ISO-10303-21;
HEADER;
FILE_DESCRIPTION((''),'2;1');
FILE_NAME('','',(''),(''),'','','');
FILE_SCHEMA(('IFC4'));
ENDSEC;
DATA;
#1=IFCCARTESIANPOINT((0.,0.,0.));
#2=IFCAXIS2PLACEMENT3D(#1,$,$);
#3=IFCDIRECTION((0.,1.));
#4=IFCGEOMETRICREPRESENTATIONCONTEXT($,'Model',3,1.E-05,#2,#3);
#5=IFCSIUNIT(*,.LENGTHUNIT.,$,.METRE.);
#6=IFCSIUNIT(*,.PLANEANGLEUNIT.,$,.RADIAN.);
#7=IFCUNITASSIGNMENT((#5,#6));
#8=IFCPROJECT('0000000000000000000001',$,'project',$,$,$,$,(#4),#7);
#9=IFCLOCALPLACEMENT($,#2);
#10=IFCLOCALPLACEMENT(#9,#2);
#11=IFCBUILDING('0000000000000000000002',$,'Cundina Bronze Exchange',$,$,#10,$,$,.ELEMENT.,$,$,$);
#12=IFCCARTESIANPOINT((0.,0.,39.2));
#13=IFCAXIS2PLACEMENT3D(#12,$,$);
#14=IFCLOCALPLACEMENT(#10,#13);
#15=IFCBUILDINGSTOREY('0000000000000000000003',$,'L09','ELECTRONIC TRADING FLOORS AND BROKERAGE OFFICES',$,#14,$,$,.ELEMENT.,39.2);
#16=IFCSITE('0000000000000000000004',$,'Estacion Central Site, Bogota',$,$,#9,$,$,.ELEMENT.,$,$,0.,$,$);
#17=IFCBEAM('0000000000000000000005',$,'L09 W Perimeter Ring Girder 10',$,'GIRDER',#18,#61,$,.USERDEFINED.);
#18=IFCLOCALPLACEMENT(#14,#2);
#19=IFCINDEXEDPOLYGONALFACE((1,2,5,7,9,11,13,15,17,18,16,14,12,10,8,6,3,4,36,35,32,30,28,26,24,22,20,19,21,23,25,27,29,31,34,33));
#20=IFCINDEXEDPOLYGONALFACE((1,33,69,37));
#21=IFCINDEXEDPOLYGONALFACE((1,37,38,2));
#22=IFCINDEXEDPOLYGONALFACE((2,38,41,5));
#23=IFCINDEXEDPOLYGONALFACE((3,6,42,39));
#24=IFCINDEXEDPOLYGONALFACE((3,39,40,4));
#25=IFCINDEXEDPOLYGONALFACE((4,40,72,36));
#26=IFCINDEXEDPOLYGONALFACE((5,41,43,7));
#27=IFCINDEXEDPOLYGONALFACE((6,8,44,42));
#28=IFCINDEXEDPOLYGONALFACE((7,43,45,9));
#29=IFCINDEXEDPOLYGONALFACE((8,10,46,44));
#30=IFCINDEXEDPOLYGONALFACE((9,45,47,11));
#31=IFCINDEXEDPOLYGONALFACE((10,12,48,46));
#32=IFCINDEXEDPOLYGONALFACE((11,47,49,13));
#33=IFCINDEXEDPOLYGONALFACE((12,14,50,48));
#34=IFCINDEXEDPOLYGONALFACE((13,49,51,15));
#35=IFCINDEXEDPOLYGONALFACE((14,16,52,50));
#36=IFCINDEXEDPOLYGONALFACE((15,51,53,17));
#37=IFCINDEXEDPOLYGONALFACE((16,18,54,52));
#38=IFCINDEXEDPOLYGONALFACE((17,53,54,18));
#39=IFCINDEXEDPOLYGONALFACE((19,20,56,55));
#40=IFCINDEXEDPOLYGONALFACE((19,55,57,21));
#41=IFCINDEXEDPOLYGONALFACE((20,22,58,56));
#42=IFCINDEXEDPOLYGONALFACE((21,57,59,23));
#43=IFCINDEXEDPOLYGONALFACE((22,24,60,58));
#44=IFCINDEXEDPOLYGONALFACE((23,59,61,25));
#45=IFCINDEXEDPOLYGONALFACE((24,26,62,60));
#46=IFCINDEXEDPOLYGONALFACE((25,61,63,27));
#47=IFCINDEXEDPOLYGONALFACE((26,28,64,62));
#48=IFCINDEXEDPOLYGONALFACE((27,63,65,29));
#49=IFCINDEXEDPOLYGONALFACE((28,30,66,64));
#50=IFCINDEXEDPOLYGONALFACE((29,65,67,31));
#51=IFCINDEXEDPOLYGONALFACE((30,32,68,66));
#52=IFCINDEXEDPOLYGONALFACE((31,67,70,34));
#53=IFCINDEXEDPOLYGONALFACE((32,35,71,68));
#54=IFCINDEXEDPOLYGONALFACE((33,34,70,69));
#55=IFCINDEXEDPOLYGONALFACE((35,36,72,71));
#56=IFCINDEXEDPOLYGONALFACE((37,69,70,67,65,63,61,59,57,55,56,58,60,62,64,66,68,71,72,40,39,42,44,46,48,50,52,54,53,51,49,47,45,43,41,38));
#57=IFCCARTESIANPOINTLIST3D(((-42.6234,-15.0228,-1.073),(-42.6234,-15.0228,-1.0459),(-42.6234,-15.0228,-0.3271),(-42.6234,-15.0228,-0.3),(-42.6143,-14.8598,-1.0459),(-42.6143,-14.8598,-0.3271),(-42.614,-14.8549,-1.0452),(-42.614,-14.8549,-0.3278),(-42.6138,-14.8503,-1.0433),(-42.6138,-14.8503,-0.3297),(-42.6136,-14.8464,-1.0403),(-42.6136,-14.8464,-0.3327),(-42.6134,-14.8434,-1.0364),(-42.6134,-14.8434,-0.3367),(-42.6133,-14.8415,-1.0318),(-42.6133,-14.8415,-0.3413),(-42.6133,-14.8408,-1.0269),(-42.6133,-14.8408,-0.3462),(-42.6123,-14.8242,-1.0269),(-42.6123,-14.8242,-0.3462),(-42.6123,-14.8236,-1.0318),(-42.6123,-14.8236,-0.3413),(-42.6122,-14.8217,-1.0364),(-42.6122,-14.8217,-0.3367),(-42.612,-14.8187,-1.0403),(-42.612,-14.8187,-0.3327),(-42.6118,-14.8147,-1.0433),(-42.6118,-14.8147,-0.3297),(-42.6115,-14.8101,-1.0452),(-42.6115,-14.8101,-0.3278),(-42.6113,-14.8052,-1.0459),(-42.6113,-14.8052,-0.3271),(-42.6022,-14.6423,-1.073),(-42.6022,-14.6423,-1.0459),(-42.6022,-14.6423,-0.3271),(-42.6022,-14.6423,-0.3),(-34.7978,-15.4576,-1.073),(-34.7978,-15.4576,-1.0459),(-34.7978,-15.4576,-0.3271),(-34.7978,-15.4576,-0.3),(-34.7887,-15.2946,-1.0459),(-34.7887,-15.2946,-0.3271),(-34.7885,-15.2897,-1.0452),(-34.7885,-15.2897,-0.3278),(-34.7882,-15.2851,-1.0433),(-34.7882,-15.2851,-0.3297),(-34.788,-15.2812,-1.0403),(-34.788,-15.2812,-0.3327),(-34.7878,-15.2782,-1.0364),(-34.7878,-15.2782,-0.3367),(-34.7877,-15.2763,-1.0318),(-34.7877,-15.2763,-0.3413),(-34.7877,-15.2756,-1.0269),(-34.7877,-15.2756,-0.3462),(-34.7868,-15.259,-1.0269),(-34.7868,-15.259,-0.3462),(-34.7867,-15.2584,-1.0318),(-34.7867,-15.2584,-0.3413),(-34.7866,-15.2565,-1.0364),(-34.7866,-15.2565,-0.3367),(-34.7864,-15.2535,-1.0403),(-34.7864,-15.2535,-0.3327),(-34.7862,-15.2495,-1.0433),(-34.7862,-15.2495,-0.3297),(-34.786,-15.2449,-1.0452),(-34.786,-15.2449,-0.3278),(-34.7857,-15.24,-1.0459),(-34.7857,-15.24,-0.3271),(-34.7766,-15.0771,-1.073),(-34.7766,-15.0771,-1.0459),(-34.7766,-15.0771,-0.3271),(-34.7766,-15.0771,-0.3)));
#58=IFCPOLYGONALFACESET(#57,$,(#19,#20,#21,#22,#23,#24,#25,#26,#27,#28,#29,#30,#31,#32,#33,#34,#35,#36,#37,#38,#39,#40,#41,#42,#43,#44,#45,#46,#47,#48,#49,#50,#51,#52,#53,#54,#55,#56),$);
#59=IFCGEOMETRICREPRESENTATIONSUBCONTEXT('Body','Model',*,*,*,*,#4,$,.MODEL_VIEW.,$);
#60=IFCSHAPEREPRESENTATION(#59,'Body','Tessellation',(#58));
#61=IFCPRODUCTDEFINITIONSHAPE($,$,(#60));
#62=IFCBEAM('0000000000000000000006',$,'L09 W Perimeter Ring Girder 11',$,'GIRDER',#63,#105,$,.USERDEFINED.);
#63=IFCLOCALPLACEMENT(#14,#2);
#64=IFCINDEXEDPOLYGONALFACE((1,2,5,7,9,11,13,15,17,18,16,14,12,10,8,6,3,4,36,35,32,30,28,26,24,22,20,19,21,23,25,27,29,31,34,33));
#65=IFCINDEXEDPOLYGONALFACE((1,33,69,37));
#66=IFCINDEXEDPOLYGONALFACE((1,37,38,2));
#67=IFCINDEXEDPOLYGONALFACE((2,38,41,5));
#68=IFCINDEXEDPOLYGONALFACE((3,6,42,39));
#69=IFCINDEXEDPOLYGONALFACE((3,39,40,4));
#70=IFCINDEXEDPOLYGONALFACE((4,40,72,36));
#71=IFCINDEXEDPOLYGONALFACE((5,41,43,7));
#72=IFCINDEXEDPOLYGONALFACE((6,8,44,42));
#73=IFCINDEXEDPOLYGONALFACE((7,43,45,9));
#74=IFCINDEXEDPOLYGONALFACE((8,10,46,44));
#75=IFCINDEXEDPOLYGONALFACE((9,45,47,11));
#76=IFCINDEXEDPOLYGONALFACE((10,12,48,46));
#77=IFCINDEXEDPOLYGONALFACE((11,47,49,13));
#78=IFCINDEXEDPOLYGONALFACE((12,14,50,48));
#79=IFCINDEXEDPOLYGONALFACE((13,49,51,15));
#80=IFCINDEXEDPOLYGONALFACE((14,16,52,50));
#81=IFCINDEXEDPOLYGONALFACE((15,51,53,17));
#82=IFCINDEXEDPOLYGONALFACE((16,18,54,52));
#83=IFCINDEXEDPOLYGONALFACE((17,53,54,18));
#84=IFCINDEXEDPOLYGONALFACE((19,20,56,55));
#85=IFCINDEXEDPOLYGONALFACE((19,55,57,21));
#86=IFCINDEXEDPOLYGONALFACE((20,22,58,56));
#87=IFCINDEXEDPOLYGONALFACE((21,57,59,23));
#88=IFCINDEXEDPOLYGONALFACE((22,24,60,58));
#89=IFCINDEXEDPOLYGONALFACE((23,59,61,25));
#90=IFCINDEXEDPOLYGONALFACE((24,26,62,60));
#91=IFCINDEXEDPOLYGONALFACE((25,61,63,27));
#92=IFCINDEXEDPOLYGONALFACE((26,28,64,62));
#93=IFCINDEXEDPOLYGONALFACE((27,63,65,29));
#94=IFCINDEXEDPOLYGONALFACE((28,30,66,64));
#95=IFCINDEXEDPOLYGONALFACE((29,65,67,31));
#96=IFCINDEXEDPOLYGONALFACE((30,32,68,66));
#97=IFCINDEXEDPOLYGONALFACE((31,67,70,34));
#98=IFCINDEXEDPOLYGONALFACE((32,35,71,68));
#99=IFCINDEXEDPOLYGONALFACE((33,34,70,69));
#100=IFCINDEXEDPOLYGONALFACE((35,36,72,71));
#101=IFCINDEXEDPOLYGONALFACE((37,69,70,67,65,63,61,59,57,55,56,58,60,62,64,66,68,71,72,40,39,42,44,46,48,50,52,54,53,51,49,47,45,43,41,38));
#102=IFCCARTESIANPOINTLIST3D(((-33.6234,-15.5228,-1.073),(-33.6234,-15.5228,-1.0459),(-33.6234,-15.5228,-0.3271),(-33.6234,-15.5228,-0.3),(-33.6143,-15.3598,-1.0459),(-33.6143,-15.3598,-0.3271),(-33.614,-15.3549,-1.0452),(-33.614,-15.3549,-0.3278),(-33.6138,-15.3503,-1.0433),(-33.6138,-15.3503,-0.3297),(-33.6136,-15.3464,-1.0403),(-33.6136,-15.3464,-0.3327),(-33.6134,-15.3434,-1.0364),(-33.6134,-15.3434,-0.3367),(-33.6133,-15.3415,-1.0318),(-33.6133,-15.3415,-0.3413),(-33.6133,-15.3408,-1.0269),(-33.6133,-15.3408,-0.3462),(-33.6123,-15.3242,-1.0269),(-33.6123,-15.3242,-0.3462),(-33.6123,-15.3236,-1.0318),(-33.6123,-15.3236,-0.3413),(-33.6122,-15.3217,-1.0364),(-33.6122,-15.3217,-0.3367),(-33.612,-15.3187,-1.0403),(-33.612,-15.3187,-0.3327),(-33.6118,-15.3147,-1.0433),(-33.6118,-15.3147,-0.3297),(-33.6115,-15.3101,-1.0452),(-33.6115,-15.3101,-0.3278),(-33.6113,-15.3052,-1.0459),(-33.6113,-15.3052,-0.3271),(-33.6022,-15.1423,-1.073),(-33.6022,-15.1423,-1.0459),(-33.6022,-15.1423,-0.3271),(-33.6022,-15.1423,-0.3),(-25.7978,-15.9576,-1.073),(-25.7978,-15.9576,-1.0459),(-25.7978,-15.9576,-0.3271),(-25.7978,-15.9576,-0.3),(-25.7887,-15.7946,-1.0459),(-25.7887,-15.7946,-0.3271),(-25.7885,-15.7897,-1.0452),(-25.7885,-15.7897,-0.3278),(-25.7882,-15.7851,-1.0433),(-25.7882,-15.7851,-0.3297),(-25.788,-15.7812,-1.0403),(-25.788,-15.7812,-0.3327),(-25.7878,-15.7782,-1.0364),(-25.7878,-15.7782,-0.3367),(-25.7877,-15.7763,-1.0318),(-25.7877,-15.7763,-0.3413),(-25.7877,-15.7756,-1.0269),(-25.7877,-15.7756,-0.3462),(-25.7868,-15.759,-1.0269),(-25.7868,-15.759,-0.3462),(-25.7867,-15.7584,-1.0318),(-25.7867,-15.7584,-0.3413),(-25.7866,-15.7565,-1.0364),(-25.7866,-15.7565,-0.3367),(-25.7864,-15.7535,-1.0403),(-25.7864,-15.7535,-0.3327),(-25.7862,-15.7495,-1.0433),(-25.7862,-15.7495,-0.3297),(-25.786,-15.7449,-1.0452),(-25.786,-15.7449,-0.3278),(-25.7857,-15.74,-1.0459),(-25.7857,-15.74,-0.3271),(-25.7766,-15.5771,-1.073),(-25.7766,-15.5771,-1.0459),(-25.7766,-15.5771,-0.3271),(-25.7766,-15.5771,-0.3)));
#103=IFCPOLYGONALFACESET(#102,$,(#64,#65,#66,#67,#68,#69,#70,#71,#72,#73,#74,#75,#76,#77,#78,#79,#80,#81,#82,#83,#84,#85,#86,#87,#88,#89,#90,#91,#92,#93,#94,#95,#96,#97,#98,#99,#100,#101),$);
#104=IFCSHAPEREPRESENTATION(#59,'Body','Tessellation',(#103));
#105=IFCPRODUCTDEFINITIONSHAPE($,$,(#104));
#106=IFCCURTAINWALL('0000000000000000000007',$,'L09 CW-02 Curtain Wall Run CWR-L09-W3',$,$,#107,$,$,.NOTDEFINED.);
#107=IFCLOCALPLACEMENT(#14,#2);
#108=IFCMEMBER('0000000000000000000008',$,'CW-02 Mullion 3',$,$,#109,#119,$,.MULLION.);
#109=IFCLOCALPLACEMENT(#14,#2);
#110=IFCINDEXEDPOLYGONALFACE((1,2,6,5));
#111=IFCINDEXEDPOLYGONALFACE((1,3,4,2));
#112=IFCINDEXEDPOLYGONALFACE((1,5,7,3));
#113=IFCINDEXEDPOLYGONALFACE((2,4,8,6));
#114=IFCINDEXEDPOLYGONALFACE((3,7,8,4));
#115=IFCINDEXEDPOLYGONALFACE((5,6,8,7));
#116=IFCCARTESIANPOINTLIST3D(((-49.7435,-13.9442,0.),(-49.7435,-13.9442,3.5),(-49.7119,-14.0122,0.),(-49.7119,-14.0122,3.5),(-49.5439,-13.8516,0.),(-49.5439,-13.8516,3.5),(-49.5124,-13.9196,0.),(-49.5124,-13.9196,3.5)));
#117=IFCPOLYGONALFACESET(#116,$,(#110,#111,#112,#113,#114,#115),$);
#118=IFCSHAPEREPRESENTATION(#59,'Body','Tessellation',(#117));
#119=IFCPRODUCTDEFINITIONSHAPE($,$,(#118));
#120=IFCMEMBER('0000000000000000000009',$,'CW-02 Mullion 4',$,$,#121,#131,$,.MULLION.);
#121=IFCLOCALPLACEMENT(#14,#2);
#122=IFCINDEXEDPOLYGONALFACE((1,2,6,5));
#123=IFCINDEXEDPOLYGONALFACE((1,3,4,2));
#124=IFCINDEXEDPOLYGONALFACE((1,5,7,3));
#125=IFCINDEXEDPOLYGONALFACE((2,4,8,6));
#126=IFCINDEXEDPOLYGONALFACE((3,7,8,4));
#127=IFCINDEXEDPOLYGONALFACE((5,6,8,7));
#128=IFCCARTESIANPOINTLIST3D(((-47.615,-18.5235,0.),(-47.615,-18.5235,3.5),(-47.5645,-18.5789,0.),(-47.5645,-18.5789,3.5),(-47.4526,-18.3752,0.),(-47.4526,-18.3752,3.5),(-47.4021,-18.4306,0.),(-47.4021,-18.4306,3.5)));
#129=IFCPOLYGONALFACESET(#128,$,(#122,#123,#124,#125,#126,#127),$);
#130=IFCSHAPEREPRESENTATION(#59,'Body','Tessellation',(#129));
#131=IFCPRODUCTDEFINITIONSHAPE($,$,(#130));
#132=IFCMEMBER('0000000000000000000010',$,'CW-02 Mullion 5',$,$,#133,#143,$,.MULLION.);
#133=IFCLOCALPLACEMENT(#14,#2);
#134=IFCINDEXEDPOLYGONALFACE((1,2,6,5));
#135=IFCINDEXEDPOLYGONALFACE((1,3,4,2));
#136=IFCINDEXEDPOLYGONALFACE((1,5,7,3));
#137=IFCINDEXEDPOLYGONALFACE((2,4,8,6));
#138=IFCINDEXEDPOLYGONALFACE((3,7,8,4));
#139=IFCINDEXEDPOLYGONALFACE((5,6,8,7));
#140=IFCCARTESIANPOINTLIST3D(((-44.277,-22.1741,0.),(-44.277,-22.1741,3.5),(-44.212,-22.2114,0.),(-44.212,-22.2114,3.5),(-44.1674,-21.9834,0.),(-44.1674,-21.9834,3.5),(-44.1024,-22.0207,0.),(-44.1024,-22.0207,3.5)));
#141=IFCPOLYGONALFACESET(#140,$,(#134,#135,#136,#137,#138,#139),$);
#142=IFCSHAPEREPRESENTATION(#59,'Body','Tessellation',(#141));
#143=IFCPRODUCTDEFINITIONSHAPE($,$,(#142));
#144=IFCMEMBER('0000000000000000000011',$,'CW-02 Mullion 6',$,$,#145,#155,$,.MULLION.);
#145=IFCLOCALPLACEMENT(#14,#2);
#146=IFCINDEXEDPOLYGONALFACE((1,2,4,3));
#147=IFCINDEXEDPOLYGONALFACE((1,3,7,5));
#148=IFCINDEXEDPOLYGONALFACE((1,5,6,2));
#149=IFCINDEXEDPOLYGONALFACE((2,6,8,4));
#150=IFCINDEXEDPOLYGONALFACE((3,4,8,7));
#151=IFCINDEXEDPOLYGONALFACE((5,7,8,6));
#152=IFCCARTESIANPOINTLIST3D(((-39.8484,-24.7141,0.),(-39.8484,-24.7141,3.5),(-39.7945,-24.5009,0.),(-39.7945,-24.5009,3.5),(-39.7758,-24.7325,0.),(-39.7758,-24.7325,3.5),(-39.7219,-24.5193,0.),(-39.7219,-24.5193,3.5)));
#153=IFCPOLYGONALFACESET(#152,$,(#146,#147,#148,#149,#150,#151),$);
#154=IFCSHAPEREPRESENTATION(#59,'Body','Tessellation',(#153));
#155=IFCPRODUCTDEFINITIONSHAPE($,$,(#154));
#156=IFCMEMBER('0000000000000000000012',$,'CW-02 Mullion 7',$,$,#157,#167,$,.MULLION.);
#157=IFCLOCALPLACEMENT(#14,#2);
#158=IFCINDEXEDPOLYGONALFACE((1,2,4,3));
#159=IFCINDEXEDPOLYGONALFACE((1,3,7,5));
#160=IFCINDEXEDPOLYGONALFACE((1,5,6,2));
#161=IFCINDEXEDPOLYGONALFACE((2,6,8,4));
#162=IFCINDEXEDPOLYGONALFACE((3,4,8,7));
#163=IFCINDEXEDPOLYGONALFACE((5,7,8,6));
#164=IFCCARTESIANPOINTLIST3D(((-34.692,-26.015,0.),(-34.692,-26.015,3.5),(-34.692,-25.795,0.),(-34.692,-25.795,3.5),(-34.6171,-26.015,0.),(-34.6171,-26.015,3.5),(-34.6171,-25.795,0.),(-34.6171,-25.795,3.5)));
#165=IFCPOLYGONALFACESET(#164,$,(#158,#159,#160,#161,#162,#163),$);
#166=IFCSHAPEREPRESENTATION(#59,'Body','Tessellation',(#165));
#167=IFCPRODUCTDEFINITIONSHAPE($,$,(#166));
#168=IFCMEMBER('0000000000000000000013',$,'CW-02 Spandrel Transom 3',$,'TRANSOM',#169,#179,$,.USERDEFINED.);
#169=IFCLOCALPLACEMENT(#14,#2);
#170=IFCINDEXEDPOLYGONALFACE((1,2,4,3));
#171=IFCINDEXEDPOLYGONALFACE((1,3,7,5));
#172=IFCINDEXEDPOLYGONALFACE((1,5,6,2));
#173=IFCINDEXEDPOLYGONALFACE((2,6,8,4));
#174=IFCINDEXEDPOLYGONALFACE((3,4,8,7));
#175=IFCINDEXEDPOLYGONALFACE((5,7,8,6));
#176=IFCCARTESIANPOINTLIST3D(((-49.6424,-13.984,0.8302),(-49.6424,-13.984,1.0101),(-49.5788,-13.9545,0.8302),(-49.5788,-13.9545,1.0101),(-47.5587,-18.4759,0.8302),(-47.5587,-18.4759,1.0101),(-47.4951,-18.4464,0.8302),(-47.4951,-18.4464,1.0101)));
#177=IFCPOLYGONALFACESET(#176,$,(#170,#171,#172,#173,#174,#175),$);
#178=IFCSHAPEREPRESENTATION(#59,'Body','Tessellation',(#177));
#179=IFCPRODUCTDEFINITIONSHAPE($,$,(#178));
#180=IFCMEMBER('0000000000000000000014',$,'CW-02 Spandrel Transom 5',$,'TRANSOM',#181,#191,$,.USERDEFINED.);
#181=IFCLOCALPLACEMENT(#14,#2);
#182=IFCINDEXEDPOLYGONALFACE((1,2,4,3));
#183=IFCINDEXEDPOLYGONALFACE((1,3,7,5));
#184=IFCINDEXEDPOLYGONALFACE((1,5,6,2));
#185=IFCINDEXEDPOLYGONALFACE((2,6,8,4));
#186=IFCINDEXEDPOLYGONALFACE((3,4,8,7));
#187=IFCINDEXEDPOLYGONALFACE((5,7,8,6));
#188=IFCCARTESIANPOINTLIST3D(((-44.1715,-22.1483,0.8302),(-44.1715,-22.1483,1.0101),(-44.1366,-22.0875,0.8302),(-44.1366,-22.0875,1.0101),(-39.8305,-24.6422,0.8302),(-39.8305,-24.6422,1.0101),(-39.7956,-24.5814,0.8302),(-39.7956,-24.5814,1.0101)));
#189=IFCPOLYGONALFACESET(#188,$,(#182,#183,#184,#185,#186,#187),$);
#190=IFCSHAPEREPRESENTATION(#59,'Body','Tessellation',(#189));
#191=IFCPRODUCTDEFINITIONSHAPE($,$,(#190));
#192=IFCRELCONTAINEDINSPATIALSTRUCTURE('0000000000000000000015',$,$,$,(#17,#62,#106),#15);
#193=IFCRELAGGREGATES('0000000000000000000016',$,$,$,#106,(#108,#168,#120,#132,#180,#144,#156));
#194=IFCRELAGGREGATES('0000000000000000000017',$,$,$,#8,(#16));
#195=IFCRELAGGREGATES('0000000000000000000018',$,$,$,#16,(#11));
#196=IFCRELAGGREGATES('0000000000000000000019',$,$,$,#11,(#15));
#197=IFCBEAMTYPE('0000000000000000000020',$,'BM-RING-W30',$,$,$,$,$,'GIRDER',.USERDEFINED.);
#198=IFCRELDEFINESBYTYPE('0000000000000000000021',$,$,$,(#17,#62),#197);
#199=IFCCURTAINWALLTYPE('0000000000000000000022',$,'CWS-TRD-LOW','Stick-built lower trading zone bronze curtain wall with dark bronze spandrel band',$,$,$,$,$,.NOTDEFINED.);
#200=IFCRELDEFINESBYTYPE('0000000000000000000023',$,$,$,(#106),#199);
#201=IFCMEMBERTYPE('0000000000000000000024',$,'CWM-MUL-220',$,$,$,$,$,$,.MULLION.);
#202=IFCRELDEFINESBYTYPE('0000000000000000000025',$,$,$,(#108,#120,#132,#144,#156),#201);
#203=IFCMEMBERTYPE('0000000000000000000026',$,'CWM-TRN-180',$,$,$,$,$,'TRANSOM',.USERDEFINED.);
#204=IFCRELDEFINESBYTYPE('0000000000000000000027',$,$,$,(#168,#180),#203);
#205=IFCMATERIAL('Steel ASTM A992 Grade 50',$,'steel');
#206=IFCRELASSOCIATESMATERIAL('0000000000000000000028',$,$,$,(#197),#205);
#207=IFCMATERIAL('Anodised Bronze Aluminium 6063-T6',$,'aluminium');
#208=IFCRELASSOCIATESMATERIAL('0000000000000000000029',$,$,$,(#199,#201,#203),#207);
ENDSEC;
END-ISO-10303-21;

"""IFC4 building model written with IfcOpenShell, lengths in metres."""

from ifc_helpers import new_model, si_unit, direction, frame, origin, origin_2d, place, context, subcontext, project, spatial, rectangle, i_section, extrude, material, material_profile, profile_set, type_object, element, aggregate, save


model = new_model("IFC4")

# Units and contexts
model_context = context("Model", 3, precision=1e-05, world=origin(), true_north=direction((0.0, 1.0)))
body_context = subcontext(model_context, "Body", "Model", "MODEL_VIEW")
ifc_project = project(units=[si_unit("LENGTHUNIT", "METRE"), si_unit("PLANEANGLEUNIT", "RADIAN")], contexts=[model_context])

# Site, building, storey
site_placement = place(None, origin())
site = spatial("IfcSite", under=ifc_project, at=site_placement, Name="Estacion Central Site, Bogota", CompositionType="ELEMENT", RefElevation=0.0)
building_placement = place(site_placement, origin())
building = spatial("IfcBuilding", under=site, at=building_placement, Name="Cundina Bronze Exchange", CompositionType="ELEMENT")
storey_placement = place(building_placement, frame((0.0, 0.0, 39.2)))
storey = spatial("IfcBuildingStorey", under=building, at=storey_placement, Name="L09", Description="ELECTRONIC TRADING FLOORS AND BROKERAGE OFFICES", CompositionType="ELEMENT", Elevation=39.2)

# Beams
ifc_material_1 = material(Name="Steel ASTM A992 Grade 50", Category="steel")
ifc_material_profile_1 = material_profile(ifc_material_1, i_section(OverallWidth=0.3811, OverallDepth=0.7729, WebThickness=0.0166, FlangeThickness=0.0271, FilletRadius=0.019, at=origin_2d()), Name="W30X173", Category="steel")
ifc_profile_set_1 = profile_set([ifc_material_profile_1], Name="Steel ASTM A992 Grade 50")
beam_type_1 = type_object("IfcBeamType", Name="BM-RING-W30", ElementType="GIRDER", PredefinedType="USERDEFINED", material=ifc_profile_set_1)
for number, where, z_axis, x_axis, name in (
    (1, (-42.6128, -14.8325, -0.6865), (0.99846, -0.055477, 0.0), (0.055477, 0.99846, 0.0), "L09 W Perimeter Ring Girder 10"),
    (2, (-33.6128, -15.3325, -0.6865), (0.99846, -0.055477, 0.0), (0.055477, 0.99846, 0.0), "L09 W Perimeter Ring Girder 11"),
):
    element("IfcBeam", number, at=place(storey_placement, frame(where, z_axis=z_axis, x_axis=x_axis)), inside=storey, type_object=beam_type_1, Name=name, ObjectType="GIRDER", PredefinedType="USERDEFINED", context=body_context, shape_type="SweptSolid", body=[
        extrude(i_section(OverallWidth=0.3811, OverallDepth=0.7729, WebThickness=0.0166, FlangeThickness=0.0271, FilletRadius=0.019, at=origin_2d()), origin(), (0.0, 0.0, 1.0), 7.8376),
    ])

# Curtain wall, members
ifc_material_2 = material(Name="Anodised Bronze Aluminium 6063-T6", Category="aluminium")
curtain_wall_type = type_object("IfcCurtainWallType", Name="CWS-TRD-LOW", Description="Stick-built lower trading zone bronze curtain wall with dark bronze spandrel band", PredefinedType="NOTDEFINED", material=ifc_material_2)
curtain_wall_placement = place(storey_placement, origin())
curtain_wall = element("IfcCurtainWall", 3, at=curtain_wall_placement, inside=storey, type_object=curtain_wall_type, Name="L09 CW-02 Curtain Wall Run CWR-L09-W3", PredefinedType="NOTDEFINED")
ifc_material_profile_2 = material_profile(ifc_material_2, rectangle(XDim=0.075, YDim=0.22, at=origin_2d()), Name="AL75X220", Category="aluminium")
ifc_profile_set_2 = profile_set([ifc_material_profile_2], Name="Anodised Bronze Aluminium 6063-T6")
member_type_1 = type_object("IfcMemberType", Name="CWM-MUL-220", PredefinedType="MULLION", material=ifc_profile_set_2)
member_1_placement = place(storey_placement, frame((-49.6279, -13.9319, 0.0), z_axis=(0.0, 0.0, 1.0), x_axis=(0.420877, -0.907117, 0.0)))
member_1 = element("IfcMember", 4, at=member_1_placement, type_object=member_type_1, Name="CW-02 Mullion 3", PredefinedType="MULLION", context=body_context, shape_type="SweptSolid", body=[
    extrude(rectangle(XDim=0.075, YDim=0.22, at=origin_2d()), origin(), (0.0, 0.0, 1.0), 3.5),
])
member_2_placement = place(storey_placement, frame((-47.5085, -18.4771, 0.0), z_axis=(0.0, 0.0, 1.0), x_axis=(0.674302, -0.738455, 0.0)))
member_2 = element("IfcMember", 5, at=member_2_placement, type_object=member_type_1, Name="CW-02 Mullion 4", PredefinedType="MULLION", context=body_context, shape_type="SweptSolid", body=[
    extrude(rectangle(XDim=0.075, YDim=0.22, at=origin_2d()), origin(), (0.0, 0.0, 1.0), 3.5),
])
member_3_placement = place(storey_placement, frame((-44.1897, -22.0974, 0.0), z_axis=(0.0, 0.0, 1.0), x_axis=(0.867071, -0.498185, 0.0)))
member_3 = element("IfcMember", 6, at=member_3_placement, type_object=member_type_1, Name="CW-02 Mullion 5", PredefinedType="MULLION", context=body_context, shape_type="SweptSolid", body=[
    extrude(rectangle(XDim=0.075, YDim=0.22, at=origin_2d()), origin(), (0.0, 0.0, 1.0), 3.5),
])
member_4_placement = place(storey_placement, frame((-39.7852, -24.6167, 0.0), z_axis=(0.0, 0.0, 1.0), x_axis=(0.969488, -0.245138, 0.0)))
member_4 = element("IfcMember", 7, at=member_4_placement, type_object=member_type_1, Name="CW-02 Mullion 6", PredefinedType="MULLION", context=body_context, shape_type="SweptSolid", body=[
    extrude(rectangle(XDim=0.075, YDim=0.22, at=origin_2d()), origin(), (0.0, 0.0, 1.0), 3.5),
])
member_5_placement = place(storey_placement, frame((-34.6545, -25.905, 0.0), z_axis=(0.0, 0.0, 1.0), x_axis=(1.0, 0.0, 0.0)))
member_5 = element("IfcMember", 8, at=member_5_placement, type_object=member_type_1, Name="CW-02 Mullion 7", PredefinedType="MULLION", context=body_context, shape_type="SweptSolid", body=[
    extrude(rectangle(XDim=0.075, YDim=0.22, at=origin_2d()), origin(), (0.0, 0.0, 1.0), 3.5),
])
ifc_material_profile_3 = material_profile(ifc_material_2, rectangle(XDim=0.0701, YDim=0.1799, at=origin_2d()), Name="AL70X180", Category="aluminium")
ifc_profile_set_3 = profile_set([ifc_material_profile_3], Name="Anodised Bronze Aluminium 6063-T6")
member_type_2 = type_object("IfcMemberType", Name="CWM-TRN-180", ElementType="TRANSOM", PredefinedType="USERDEFINED", material=ifc_profile_set_3)
member_6_placement = place(storey_placement, frame((-49.6106, -13.9692, 0.9202), z_axis=(0.420811, -0.907148, 0.0), x_axis=(0.907148, 0.420811, 0.0)))
member_6 = element("IfcMember", 9, at=member_6_placement, type_object=member_type_2, Name="CW-02 Spandrel Transom 3", ObjectType="TRANSOM", PredefinedType="USERDEFINED", context=body_context, shape_type="SweptSolid", body=[
    extrude(rectangle(XDim=0.0701, YDim=0.1799, at=origin_2d()), origin(), (0.0, 0.0, 1.0), 4.9517),
])
member_7_placement = place(storey_placement, frame((-44.1541, -22.1179, 0.9202), z_axis=(0.867097, -0.498139, 0.0), x_axis=(0.498139, 0.867097, 0.0)))
member_7 = element("IfcMember", 10, at=member_7_placement, type_object=member_type_2, Name="CW-02 Spandrel Transom 5", ObjectType="TRANSOM", PredefinedType="USERDEFINED", context=body_context, shape_type="SweptSolid", body=[
    extrude(rectangle(XDim=0.0701, YDim=0.1799, at=origin_2d()), origin(), (0.0, 0.0, 1.0), 5.0063),
])
aggregate(curtain_wall, [member_1, member_6, member_2, member_3, member_7, member_4, member_5])

save(model, "model.ifc")
